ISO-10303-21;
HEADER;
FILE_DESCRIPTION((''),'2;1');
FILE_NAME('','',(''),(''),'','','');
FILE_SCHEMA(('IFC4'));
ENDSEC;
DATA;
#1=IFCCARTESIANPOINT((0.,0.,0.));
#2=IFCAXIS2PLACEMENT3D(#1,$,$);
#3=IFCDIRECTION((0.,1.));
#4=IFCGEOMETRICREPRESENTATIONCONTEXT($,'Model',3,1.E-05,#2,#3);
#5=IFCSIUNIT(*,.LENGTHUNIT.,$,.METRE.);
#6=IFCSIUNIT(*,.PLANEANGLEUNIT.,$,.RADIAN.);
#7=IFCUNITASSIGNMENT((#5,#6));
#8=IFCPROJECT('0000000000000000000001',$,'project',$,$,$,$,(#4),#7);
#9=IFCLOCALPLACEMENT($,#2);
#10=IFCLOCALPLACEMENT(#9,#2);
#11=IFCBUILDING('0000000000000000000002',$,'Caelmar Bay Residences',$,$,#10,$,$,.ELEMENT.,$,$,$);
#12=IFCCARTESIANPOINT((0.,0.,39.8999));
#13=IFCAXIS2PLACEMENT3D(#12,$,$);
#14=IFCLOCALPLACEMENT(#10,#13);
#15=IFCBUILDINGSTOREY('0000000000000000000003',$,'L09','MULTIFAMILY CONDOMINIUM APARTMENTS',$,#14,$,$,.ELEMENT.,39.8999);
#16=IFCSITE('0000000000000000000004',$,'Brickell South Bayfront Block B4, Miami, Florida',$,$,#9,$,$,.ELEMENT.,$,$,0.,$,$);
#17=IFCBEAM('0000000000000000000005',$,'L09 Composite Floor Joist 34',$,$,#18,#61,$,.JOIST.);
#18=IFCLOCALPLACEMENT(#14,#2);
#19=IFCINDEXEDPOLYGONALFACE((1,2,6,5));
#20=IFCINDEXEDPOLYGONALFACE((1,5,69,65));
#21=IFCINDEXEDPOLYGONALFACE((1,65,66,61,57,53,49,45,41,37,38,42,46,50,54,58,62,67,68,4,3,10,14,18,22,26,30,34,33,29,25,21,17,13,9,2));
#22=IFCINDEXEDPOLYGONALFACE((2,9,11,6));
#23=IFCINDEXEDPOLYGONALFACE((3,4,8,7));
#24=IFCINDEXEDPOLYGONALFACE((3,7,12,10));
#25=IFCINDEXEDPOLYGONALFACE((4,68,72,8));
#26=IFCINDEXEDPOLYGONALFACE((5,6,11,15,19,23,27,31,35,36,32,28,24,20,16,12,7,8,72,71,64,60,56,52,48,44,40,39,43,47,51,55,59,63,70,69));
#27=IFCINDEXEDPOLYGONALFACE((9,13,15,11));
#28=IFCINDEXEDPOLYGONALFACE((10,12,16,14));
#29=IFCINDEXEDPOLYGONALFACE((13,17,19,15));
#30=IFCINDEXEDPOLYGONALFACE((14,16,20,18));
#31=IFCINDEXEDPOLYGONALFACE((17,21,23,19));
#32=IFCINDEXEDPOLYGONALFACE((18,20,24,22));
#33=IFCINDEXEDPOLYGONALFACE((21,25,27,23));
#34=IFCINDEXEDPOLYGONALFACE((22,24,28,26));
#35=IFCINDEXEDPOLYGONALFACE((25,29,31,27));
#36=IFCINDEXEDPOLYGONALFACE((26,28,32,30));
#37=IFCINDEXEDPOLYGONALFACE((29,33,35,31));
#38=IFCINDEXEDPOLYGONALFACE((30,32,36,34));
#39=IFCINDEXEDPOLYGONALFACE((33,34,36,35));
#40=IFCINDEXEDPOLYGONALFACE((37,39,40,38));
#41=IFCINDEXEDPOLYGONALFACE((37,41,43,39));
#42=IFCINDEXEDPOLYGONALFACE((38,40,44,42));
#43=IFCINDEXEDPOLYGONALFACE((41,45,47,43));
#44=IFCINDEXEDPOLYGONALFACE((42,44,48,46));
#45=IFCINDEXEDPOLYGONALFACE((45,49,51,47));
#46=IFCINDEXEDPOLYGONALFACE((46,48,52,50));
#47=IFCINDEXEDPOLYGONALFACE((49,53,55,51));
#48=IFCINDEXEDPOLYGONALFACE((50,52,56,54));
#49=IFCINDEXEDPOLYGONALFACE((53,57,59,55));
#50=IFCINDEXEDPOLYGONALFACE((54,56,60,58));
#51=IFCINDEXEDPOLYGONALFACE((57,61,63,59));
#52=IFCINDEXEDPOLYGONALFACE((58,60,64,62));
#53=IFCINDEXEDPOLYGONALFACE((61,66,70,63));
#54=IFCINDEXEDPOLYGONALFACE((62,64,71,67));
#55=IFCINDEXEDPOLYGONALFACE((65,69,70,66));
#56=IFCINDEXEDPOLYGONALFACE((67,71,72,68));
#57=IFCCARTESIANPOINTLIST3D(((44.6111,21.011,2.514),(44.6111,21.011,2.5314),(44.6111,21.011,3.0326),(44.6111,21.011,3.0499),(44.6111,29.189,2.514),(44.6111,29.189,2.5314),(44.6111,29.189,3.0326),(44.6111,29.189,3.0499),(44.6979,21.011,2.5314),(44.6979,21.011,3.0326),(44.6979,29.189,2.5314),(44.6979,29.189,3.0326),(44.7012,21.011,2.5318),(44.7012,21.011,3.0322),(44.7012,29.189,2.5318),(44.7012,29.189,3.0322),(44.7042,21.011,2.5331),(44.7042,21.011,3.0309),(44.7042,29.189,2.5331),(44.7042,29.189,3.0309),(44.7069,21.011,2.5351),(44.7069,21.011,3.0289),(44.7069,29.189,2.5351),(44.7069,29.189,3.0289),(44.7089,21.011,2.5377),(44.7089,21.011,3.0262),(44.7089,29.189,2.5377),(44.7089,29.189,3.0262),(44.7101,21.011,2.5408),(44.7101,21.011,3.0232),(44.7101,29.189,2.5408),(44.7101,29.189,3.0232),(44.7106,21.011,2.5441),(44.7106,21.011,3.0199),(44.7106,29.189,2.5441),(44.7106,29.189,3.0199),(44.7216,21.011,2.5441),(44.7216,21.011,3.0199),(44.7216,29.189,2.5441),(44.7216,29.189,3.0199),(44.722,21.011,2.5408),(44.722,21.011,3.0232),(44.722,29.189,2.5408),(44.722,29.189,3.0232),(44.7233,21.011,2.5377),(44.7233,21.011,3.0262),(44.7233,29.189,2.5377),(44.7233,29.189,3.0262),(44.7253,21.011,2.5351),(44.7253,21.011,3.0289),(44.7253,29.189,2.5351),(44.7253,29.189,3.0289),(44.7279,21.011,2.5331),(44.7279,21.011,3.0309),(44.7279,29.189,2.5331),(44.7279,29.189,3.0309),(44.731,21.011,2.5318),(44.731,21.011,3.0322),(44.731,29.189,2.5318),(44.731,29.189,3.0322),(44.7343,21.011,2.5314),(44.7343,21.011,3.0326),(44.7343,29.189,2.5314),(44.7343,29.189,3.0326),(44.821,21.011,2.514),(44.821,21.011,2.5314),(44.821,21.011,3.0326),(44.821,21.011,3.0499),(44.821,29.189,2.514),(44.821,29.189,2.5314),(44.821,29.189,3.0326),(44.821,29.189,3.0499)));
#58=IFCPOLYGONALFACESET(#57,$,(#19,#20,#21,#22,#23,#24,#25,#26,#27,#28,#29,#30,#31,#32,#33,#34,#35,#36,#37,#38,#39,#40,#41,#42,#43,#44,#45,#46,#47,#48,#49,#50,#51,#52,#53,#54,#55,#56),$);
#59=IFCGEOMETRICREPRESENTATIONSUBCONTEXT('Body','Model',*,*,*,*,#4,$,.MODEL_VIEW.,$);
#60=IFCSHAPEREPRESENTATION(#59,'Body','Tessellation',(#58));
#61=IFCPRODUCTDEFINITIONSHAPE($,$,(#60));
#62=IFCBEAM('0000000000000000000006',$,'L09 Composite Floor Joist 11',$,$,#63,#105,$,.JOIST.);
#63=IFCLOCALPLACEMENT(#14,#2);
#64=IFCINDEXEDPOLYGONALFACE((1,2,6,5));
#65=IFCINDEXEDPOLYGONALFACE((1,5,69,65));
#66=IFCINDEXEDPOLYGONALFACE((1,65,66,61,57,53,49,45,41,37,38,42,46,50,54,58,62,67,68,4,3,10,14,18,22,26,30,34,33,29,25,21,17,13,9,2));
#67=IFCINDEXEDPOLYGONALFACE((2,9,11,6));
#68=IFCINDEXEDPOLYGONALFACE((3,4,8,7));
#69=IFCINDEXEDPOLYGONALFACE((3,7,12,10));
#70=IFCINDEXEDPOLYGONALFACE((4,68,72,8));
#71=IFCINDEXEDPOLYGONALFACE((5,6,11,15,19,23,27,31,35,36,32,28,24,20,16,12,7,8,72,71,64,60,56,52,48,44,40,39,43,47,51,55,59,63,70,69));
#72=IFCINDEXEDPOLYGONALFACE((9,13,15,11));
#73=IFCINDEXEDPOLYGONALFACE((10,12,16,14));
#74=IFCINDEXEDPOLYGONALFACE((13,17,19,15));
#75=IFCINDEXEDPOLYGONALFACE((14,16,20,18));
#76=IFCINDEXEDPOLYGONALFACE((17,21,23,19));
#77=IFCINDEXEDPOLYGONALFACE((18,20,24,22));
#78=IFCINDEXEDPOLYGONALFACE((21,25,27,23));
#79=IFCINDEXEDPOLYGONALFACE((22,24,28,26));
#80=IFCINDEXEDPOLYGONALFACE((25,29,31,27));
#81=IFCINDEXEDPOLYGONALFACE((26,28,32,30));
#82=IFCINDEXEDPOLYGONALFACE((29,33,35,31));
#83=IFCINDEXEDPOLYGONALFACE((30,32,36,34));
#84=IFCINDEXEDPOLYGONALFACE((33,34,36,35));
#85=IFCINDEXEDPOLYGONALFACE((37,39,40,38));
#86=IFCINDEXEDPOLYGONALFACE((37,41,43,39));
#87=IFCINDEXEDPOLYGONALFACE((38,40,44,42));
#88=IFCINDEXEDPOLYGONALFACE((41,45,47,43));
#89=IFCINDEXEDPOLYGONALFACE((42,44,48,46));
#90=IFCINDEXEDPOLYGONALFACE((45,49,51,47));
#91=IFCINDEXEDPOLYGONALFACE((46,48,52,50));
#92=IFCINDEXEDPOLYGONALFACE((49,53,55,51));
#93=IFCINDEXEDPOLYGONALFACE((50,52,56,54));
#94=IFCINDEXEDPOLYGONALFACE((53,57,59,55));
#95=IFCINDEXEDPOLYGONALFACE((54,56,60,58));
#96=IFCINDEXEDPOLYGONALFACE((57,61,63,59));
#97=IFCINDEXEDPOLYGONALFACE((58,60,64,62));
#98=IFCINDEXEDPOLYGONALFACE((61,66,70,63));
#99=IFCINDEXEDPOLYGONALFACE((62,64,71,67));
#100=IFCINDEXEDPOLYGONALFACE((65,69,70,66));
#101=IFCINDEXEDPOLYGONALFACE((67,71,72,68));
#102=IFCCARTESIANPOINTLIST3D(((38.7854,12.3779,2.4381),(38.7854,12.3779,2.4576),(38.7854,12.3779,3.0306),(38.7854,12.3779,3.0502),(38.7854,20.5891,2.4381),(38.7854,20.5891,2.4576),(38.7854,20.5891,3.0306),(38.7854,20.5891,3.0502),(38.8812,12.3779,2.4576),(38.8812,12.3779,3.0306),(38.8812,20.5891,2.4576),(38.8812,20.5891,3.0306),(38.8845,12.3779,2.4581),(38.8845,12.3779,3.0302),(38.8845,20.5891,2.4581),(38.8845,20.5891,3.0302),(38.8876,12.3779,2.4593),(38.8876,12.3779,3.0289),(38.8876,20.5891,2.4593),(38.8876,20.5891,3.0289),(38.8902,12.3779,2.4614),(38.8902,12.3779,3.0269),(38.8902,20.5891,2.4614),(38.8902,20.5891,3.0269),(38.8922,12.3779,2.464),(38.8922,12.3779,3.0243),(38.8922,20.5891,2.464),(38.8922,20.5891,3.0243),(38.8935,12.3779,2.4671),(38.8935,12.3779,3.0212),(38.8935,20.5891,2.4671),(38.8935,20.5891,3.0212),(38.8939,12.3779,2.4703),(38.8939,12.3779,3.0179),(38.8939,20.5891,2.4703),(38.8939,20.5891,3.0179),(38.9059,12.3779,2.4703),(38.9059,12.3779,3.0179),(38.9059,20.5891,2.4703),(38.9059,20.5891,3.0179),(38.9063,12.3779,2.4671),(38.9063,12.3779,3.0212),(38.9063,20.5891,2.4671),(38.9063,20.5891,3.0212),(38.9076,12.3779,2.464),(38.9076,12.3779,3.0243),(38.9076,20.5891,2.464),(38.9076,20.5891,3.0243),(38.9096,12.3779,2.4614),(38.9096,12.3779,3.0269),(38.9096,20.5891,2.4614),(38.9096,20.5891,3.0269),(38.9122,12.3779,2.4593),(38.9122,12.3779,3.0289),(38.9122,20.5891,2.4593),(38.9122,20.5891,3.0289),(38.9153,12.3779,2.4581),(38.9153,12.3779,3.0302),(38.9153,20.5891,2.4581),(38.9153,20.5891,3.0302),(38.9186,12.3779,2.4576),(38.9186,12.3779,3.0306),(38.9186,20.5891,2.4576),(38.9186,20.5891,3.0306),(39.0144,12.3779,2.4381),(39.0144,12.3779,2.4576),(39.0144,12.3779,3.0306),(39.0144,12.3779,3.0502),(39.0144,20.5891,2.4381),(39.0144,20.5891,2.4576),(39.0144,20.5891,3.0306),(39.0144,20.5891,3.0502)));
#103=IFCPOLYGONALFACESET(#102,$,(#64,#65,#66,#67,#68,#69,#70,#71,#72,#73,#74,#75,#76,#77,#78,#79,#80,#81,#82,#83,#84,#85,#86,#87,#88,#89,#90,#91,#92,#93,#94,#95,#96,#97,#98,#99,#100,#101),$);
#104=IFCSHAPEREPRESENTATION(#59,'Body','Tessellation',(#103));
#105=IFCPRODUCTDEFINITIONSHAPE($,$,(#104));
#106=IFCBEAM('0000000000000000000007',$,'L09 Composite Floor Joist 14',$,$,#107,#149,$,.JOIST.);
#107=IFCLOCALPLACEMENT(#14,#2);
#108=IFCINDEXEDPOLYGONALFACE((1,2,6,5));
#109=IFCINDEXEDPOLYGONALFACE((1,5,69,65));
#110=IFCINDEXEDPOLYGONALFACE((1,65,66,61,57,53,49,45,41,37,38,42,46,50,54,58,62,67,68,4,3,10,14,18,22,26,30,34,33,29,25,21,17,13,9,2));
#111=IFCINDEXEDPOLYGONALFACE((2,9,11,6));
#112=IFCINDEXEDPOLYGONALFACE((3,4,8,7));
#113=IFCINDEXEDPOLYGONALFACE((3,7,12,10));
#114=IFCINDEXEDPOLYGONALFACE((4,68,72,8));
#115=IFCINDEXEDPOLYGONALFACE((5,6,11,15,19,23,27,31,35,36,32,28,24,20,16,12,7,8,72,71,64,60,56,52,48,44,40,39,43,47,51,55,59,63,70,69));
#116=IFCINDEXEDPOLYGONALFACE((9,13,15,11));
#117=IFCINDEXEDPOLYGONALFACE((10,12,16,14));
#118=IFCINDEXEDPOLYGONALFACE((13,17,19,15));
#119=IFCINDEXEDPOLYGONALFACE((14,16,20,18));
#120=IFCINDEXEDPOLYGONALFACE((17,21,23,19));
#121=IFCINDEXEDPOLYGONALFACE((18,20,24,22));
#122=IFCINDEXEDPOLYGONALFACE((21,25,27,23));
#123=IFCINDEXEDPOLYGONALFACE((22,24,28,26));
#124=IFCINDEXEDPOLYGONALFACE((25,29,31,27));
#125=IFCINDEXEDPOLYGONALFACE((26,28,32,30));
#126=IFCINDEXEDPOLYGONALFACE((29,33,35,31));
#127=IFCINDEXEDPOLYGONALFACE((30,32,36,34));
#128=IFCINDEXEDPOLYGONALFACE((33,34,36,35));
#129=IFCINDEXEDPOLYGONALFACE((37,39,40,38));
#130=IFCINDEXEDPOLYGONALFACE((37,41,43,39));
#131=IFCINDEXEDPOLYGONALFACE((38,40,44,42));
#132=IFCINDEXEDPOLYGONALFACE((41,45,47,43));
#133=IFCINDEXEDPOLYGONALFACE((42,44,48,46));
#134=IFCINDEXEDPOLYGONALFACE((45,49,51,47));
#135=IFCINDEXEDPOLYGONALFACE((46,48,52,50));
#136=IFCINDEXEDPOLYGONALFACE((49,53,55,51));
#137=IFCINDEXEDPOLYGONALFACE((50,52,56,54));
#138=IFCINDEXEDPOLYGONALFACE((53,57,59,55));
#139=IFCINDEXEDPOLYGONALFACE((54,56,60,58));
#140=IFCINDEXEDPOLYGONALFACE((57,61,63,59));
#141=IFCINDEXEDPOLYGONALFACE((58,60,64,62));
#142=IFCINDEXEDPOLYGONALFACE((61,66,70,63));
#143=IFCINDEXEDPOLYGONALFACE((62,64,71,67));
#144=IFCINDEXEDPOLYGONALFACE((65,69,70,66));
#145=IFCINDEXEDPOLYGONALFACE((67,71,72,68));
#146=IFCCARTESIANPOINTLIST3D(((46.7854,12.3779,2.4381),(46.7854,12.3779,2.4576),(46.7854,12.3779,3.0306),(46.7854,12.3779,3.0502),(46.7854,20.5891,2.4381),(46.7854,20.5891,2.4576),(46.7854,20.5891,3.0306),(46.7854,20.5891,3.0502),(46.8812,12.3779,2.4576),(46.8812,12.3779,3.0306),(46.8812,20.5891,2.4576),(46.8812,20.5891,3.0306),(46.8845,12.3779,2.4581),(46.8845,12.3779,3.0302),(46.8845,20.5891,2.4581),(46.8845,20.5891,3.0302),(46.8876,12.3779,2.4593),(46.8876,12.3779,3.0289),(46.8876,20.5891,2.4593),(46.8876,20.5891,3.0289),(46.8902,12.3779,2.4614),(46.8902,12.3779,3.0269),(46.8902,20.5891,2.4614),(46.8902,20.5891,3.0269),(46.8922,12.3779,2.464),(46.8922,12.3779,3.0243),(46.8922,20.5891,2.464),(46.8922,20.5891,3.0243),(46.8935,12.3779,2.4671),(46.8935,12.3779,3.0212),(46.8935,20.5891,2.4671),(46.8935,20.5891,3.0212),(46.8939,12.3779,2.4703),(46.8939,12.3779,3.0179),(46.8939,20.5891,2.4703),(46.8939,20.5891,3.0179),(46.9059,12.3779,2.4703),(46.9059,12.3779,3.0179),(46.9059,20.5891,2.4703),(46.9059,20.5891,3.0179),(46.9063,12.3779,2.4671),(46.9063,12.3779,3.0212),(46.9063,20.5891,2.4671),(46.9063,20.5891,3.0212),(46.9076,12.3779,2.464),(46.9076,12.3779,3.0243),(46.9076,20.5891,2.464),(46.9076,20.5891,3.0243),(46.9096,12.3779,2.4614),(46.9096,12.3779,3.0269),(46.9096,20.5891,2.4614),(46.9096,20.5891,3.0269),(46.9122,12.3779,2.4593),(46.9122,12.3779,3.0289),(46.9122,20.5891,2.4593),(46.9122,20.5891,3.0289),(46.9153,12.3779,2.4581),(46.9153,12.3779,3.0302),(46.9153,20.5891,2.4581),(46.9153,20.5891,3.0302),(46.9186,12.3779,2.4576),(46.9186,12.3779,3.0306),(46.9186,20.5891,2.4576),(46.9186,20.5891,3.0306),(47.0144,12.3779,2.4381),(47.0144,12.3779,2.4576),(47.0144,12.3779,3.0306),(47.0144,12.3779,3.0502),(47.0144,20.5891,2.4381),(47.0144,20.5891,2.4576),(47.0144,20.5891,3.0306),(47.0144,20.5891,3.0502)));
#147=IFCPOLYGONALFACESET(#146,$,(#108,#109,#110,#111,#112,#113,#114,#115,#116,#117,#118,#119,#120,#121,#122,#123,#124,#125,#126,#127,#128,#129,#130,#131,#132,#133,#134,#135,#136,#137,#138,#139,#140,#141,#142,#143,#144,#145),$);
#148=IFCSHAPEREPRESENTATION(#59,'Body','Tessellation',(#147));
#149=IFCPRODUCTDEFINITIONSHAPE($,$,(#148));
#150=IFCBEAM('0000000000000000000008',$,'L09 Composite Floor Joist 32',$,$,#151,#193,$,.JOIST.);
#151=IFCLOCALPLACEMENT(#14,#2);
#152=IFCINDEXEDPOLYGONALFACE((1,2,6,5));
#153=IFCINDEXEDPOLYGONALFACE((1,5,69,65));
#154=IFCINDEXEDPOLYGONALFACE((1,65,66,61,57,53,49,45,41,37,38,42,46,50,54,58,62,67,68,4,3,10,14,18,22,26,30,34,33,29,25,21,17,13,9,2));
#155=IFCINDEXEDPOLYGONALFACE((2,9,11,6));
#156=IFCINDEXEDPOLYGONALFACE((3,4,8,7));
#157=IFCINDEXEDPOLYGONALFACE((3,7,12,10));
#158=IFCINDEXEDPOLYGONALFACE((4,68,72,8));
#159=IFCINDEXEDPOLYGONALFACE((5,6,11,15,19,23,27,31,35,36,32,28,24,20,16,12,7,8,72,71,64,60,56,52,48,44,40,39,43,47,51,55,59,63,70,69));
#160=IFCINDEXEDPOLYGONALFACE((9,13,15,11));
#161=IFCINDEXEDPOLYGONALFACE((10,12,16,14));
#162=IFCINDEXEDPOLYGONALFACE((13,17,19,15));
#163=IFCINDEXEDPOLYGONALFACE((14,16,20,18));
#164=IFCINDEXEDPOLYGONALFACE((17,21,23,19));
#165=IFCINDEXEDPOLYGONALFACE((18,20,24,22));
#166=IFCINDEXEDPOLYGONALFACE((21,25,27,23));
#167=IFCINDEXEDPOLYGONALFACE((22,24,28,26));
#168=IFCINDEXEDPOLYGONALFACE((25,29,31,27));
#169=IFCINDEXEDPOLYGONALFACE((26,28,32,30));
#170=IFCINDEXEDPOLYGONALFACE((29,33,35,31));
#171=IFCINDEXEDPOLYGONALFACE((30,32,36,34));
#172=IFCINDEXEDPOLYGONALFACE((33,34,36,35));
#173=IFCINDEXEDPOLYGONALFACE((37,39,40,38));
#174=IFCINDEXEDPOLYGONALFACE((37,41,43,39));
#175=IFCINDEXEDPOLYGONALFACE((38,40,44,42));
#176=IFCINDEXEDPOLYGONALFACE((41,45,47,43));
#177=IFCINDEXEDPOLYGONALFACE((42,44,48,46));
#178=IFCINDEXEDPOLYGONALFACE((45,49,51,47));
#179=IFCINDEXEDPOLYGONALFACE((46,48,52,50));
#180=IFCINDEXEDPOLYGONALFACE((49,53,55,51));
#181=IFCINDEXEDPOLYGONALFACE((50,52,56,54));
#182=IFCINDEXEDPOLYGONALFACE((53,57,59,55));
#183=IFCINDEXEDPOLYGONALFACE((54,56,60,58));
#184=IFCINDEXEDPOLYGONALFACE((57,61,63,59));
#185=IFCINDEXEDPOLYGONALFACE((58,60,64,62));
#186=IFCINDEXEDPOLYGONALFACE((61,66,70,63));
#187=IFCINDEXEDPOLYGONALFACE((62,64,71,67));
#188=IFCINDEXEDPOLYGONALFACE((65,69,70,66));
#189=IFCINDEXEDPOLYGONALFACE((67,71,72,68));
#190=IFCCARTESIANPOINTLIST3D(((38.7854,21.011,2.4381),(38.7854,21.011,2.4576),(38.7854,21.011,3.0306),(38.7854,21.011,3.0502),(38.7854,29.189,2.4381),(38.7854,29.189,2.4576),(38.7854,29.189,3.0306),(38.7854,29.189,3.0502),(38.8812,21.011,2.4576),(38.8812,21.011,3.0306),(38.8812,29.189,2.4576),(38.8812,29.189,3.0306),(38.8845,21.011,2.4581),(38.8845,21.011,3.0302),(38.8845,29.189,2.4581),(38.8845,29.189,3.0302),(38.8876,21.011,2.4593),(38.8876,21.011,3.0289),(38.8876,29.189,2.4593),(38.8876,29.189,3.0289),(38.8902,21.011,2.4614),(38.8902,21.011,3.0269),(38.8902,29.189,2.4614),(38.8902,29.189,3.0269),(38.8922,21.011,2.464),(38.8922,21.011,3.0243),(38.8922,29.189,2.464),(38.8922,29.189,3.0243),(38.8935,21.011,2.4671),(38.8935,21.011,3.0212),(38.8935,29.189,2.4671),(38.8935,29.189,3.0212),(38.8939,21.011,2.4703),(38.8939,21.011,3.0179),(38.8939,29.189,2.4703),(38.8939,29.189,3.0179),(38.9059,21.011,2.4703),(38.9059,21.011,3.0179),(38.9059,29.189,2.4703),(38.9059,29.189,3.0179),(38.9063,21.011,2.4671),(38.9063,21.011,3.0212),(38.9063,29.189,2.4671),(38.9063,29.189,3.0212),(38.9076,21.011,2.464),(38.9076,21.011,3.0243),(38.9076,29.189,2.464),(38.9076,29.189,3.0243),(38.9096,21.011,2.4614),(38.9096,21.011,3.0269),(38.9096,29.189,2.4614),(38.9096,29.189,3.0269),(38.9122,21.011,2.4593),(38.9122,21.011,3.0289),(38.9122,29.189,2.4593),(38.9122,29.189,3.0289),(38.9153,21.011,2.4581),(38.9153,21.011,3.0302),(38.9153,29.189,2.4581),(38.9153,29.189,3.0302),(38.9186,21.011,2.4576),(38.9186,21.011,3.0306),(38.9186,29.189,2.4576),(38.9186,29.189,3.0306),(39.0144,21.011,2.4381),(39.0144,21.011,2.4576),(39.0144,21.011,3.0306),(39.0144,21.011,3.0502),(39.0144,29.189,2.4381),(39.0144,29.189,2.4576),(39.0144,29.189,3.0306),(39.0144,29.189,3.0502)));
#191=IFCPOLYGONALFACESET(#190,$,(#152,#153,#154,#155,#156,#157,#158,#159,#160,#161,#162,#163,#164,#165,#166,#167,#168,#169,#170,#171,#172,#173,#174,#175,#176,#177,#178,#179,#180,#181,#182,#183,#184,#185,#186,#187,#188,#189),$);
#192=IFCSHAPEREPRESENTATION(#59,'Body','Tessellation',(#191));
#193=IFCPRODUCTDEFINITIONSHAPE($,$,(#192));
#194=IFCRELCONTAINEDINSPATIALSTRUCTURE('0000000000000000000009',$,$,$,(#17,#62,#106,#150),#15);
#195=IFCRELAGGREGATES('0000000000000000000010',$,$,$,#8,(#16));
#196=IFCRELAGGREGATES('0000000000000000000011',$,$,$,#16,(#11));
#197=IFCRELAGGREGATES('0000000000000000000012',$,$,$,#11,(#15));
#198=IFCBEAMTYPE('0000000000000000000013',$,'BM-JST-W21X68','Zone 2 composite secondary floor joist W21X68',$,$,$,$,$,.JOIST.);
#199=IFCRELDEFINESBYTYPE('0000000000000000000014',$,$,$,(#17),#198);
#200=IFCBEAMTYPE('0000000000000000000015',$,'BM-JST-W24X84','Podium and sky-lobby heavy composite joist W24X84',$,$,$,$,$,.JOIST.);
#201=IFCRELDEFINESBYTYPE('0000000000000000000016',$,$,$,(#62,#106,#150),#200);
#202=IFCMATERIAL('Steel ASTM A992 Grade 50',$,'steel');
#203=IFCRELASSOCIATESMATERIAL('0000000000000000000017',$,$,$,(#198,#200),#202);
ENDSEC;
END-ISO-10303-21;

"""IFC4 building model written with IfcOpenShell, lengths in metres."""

from ifc_helpers import new_model, si_unit, direction, frame, origin, origin_2d, place, context, subcontext, project, spatial, i_section, extrude, material, material_profile, profile_set, type_object, element, save


model = new_model("IFC4")

# Units and contexts
model_context = context("Model", 3, precision=1e-05, world=origin(), true_north=direction((0.0, 1.0)))
body_context = subcontext(model_context, "Body", "Model", "MODEL_VIEW")
ifc_project = project(units=[si_unit("LENGTHUNIT", "METRE"), si_unit("PLANEANGLEUNIT", "RADIAN")], contexts=[model_context])

# Site, building, storey
site_placement = place(None, origin())
site = spatial("IfcSite", under=ifc_project, at=site_placement, Name="Brickell South Bayfront Block B4, Miami, Florida", CompositionType="ELEMENT", RefElevation=0.0)
building_placement = place(site_placement, origin())
building = spatial("IfcBuilding", under=site, at=building_placement, Name="Caelmar Bay Residences", CompositionType="ELEMENT")
storey_placement = place(building_placement, frame((0.0, 0.0, 39.8999)))
storey = spatial("IfcBuildingStorey", under=building, at=storey_placement, Name="L09", Description="MULTIFAMILY CONDOMINIUM APARTMENTS", CompositionType="ELEMENT", Elevation=39.8999)

# Beams
ifc_material_1 = material(Name="Steel ASTM A992 Grade 50", Category="steel")
ifc_material_profile_1 = material_profile(ifc_material_1, i_section(OverallWidth=0.21, OverallDepth=0.5359, WebThickness=0.011, FlangeThickness=0.0173, FilletRadius=0.0127, at=origin_2d()), Name="W21X68")
ifc_profile_set_1 = profile_set([ifc_material_profile_1], Name="Steel ASTM A992 Grade 50")
beam_type_1 = type_object("IfcBeamType", Name="BM-JST-W21X68", Description="Zone 2 composite secondary floor joist W21X68", PredefinedType="JOIST", material=ifc_profile_set_1)
for number, where, z_axis, x_axis, name in (
    (1, (44.7161, 21.011, 2.782), (0.0, 1.0, 0.0), (-1.0, 0.0, 0.0), "L09 Composite Floor Joist 34"),
):
    element("IfcBeam", number, at=place(storey_placement, frame(where, z_axis=z_axis, x_axis=x_axis)), inside=storey, type_object=beam_type_1, Name=name, PredefinedType="JOIST", context=body_context, shape_type="SweptSolid", body=[
        extrude(i_section(OverallWidth=0.21, OverallDepth=0.5359, WebThickness=0.011, FlangeThickness=0.0173, FilletRadius=0.0127, at=origin_2d()), origin(), (0.0, 0.0, 1.0), 8.178),
    ])
ifc_material_profile_2 = material_profile(ifc_material_1, i_section(OverallWidth=0.229, OverallDepth=0.6121, WebThickness=0.012, FlangeThickness=0.0195, FilletRadius=0.0127, at=origin_2d()), Name="W24X84")
ifc_profile_set_2 = profile_set([ifc_material_profile_2], Name="Steel ASTM A992 Grade 50")
beam_type_2 = type_object("IfcBeamType", Name="BM-JST-W24X84", Description="Podium and sky-lobby heavy composite joist W24X84", PredefinedType="JOIST", material=ifc_profile_set_2)
for number, where, z_axis, x_axis, name in (
    (2, (38.8999, 12.3779, 2.7441), (0.0, 1.0, 0.0), (-1.0, 0.0, 0.0), "L09 Composite Floor Joist 11"),
    (3, (46.8999, 12.3779, 2.7441), (0.0, 1.0, 0.0), (-1.0, 0.0, 0.0), "L09 Composite Floor Joist 14"),
):
    element("IfcBeam", number, at=place(storey_placement, frame(where, z_axis=z_axis, x_axis=x_axis)), inside=storey, type_object=beam_type_2, Name=name, PredefinedType="JOIST", context=body_context, shape_type="SweptSolid", body=[
        extrude(i_section(OverallWidth=0.229, OverallDepth=0.6121, WebThickness=0.012, FlangeThickness=0.0195, FilletRadius=0.0127, at=origin_2d()), origin(), (0.0, 0.0, 1.0), 8.2112),
    ])
for number, where, z_axis, x_axis, name in (
    (4, (38.8999, 21.011, 2.7441), (0.0, 1.0, 0.0), (-1.0, 0.0, 0.0), "L09 Composite Floor Joist 32"),
):
    element("IfcBeam", number, at=place(storey_placement, frame(where, z_axis=z_axis, x_axis=x_axis)), inside=storey, type_object=beam_type_2, Name=name, PredefinedType="JOIST", context=body_context, shape_type="SweptSolid", body=[
        extrude(i_section(OverallWidth=0.229, OverallDepth=0.6121, WebThickness=0.012, FlangeThickness=0.0195, FilletRadius=0.0127, at=origin_2d()), origin(), (0.0, 0.0, 1.0), 8.178),
    ])

save(model, "model.ifc")
